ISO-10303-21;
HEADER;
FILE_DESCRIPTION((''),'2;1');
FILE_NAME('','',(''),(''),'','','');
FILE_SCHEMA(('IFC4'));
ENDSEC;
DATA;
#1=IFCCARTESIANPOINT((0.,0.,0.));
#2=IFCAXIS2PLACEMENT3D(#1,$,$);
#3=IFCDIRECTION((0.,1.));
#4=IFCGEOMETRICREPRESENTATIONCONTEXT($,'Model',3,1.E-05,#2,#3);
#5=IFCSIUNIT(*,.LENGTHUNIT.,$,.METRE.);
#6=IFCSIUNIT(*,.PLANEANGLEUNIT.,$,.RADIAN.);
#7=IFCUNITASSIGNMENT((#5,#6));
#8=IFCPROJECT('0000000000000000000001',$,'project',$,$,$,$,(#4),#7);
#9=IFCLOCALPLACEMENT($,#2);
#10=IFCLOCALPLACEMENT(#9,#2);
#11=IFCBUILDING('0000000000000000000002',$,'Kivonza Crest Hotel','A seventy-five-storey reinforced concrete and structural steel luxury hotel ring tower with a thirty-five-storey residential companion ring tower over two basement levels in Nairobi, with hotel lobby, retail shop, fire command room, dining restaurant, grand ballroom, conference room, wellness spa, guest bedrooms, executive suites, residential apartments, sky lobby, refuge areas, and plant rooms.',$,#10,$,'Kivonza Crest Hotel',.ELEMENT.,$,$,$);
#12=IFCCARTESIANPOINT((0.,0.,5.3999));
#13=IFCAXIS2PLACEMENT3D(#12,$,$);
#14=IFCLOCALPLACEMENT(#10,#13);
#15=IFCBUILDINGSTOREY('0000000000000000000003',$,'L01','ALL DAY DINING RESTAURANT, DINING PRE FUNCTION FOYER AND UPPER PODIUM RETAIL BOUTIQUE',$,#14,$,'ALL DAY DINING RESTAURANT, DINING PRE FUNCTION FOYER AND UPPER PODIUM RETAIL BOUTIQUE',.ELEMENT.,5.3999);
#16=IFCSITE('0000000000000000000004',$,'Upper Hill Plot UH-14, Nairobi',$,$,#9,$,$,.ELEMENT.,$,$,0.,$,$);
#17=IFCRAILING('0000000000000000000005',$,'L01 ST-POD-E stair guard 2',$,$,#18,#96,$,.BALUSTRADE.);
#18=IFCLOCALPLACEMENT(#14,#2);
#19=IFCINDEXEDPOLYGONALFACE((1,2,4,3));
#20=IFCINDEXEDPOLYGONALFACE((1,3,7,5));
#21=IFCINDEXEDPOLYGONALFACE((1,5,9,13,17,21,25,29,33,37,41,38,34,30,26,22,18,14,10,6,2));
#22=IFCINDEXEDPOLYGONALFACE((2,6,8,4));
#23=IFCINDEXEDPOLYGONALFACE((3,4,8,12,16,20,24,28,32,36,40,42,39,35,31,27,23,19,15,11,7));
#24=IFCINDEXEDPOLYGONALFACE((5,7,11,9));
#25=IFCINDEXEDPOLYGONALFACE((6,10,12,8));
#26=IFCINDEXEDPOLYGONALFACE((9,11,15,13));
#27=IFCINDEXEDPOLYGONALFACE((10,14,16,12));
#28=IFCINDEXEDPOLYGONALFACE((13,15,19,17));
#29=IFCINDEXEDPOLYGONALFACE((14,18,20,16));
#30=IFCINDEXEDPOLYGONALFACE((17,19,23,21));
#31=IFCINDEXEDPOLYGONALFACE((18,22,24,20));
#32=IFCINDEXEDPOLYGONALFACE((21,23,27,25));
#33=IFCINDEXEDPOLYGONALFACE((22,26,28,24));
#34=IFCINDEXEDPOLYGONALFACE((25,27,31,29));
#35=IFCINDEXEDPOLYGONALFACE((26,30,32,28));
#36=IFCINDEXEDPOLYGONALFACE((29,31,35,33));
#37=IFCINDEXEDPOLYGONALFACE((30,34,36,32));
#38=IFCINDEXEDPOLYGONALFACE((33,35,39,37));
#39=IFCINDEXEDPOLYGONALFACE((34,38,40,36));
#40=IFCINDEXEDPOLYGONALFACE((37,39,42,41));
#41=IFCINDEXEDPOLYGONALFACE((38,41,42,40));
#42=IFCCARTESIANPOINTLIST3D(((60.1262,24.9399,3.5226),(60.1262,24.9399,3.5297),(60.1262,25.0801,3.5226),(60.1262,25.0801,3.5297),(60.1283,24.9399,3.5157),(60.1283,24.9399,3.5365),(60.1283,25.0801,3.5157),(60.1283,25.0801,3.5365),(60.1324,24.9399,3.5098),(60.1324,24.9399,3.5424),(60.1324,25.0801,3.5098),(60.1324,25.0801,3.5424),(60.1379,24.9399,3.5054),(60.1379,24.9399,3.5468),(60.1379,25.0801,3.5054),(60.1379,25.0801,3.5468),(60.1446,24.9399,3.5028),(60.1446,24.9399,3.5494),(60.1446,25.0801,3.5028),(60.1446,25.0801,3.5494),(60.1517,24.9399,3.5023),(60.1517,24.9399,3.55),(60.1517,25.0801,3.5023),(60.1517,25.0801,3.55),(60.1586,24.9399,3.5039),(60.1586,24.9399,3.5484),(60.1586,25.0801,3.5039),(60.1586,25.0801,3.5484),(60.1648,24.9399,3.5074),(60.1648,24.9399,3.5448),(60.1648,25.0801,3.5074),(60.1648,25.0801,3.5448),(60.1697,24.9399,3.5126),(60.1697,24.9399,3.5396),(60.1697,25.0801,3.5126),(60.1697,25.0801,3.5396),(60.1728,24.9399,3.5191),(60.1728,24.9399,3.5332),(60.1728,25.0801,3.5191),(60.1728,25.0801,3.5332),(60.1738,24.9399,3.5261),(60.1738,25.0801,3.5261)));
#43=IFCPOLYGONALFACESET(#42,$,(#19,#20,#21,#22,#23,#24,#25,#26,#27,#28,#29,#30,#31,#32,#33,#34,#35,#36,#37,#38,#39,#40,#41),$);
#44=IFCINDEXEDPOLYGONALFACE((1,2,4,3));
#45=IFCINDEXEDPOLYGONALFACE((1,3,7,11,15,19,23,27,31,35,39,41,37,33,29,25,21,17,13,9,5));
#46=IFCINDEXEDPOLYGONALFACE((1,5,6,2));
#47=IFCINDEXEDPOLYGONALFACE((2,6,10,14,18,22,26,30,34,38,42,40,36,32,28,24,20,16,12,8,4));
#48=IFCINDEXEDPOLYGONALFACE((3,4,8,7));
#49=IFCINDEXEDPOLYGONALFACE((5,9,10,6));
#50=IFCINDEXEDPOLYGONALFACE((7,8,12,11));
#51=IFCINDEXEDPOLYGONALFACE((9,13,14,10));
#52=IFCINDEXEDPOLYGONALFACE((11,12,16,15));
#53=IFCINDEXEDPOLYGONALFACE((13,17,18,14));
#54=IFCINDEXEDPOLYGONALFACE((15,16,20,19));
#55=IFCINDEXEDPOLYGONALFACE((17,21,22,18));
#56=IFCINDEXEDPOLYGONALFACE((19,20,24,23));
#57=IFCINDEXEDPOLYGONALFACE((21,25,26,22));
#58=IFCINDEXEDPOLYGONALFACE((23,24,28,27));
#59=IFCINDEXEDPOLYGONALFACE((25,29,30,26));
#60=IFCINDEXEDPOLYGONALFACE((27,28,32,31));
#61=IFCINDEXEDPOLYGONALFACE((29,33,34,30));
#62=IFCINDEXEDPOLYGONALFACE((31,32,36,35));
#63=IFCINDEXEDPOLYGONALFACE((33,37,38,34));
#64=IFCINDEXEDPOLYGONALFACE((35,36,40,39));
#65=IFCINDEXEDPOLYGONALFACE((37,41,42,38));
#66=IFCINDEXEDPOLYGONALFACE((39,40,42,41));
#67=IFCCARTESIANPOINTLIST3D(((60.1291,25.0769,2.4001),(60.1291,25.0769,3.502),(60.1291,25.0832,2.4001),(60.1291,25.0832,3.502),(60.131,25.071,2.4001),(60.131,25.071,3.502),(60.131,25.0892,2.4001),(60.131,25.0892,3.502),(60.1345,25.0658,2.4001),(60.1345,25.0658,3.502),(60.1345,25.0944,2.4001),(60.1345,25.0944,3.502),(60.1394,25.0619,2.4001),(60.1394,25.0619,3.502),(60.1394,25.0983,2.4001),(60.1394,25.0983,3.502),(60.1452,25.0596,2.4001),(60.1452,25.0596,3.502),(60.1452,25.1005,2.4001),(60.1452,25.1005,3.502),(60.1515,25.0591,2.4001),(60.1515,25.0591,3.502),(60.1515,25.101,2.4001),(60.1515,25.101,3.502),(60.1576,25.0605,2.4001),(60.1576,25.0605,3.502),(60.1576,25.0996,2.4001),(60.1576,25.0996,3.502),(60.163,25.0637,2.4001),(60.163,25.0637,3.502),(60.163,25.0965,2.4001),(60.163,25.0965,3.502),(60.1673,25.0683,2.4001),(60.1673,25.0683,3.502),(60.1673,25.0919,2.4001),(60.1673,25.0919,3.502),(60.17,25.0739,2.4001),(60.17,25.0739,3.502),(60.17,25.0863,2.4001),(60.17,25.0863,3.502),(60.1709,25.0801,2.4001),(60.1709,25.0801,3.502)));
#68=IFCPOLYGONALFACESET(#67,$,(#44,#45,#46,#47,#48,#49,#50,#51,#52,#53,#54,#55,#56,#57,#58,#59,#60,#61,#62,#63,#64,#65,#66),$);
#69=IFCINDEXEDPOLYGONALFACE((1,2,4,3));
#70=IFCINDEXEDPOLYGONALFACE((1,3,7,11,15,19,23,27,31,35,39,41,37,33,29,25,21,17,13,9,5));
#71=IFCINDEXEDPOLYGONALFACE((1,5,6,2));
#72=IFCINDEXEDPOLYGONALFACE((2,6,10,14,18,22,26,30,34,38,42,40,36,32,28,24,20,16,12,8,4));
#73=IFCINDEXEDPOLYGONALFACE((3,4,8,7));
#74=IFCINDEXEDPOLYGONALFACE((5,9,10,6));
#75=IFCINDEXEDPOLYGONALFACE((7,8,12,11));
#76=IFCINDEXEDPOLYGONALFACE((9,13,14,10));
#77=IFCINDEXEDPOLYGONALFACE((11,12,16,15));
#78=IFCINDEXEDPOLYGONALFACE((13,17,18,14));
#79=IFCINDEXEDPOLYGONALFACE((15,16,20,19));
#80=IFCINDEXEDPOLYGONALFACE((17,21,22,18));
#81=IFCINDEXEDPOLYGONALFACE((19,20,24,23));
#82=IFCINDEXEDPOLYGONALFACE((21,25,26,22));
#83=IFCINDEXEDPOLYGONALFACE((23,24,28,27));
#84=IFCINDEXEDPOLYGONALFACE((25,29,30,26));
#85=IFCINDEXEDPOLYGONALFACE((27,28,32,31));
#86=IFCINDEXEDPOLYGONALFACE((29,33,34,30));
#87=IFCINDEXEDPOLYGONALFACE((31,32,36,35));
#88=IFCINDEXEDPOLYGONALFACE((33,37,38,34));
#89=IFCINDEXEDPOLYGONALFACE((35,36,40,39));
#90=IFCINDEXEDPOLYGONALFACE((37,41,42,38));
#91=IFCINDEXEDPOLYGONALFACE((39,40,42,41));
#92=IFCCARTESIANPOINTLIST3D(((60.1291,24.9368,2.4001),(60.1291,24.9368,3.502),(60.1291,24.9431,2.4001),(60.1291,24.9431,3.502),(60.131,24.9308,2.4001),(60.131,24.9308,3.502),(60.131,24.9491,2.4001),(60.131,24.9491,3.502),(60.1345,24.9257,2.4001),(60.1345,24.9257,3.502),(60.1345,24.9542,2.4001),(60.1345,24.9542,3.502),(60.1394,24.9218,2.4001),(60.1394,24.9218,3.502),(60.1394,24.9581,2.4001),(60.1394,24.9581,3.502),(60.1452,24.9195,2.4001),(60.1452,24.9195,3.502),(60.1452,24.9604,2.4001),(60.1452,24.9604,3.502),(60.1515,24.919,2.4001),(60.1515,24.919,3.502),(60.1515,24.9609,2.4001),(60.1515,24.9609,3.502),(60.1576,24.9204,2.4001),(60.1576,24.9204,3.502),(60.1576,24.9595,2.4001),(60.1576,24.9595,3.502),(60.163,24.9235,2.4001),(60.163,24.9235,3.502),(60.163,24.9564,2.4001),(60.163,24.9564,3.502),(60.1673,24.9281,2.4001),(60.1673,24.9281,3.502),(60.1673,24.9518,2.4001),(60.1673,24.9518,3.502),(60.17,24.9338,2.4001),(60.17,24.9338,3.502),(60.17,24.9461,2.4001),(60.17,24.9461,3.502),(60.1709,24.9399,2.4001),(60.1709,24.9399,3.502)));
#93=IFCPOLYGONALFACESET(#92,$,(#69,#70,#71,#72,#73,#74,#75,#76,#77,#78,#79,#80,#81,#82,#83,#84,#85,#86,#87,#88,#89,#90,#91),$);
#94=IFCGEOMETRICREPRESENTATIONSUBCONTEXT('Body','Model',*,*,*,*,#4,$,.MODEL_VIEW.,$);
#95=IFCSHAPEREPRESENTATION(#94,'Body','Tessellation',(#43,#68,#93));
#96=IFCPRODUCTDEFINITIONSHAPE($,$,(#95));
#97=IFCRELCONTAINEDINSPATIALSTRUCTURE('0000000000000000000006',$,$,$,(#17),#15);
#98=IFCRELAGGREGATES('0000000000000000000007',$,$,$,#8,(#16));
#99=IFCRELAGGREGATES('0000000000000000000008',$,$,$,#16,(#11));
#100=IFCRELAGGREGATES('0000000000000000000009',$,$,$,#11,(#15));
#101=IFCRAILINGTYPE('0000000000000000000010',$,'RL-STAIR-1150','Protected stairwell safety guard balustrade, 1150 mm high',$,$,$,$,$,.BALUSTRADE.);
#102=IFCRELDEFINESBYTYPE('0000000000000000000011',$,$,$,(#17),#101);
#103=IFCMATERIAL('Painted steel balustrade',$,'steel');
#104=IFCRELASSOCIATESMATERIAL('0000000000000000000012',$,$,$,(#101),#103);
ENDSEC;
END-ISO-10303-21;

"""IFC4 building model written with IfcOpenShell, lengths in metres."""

from ifc_helpers import new_model, si_unit, direction, frame, origin, origin_2d, place, context, subcontext, project, spatial, circle, extrude, material, type_object, element, save


model = new_model("IFC4")

# Units and contexts
model_context = context("Model", 3, precision=1e-05, world=origin(), true_north=direction((0.0, 1.0)))
body_context = subcontext(model_context, "Body", "Model", "MODEL_VIEW")
ifc_project = project(units=[si_unit("LENGTHUNIT", "METRE"), si_unit("PLANEANGLEUNIT", "RADIAN")], contexts=[model_context])

# Site, building, storey
site_placement = place(None, origin())
site = spatial("IfcSite", under=ifc_project, at=site_placement, Name="Upper Hill Plot UH-14, Nairobi", CompositionType="ELEMENT", RefElevation=0.0)
building_placement = place(site_placement, origin())
building = spatial("IfcBuilding", under=site, at=building_placement, Name="Kivonza Crest Hotel", Description="A seventy-five-storey reinforced concrete and structural steel luxury hotel ring tower with a thirty-five-storey residential companion ring tower over two basement levels in Nairobi, with hotel lobby, retail shop, fire command room, dining restaurant, grand ballroom, conference room, wellness spa, guest bedrooms, executive suites, residential apartments, sky lobby, refuge areas, and plant rooms.", LongName="Kivonza Crest Hotel", CompositionType="ELEMENT")
storey_placement = place(building_placement, frame((0.0, 0.0, 5.3999)))
storey = spatial("IfcBuildingStorey", under=building, at=storey_placement, Name="L01", Description="ALL DAY DINING RESTAURANT, DINING PRE FUNCTION FOYER AND UPPER PODIUM RETAIL BOUTIQUE", LongName="ALL DAY DINING RESTAURANT, DINING PRE FUNCTION FOYER AND UPPER PODIUM RETAIL BOUTIQUE", CompositionType="ELEMENT", Elevation=5.3999)

# Railing
ifc_material_1 = material(Name="Painted steel balustrade", Category="steel")
railing_type_1 = type_object("IfcRailingType", Name="RL-STAIR-1150", Description="Protected stairwell safety guard balustrade, 1150 mm high", PredefinedType="BALUSTRADE", material=ifc_material_1)
railing_1_placement = place(storey_placement, frame((60.1499, 25.0801, 2.4001)))
element("IfcRailing", 1, at=railing_1_placement, inside=storey, type_object=railing_type_1, Name="L01 ST-POD-E stair guard 2", PredefinedType="BALUSTRADE", context=body_context, shape_type="SweptSolid", body=[
    extrude(circle(Radius=0.0239, at=origin_2d()), frame((0.0, 0.0, 1.126), z_axis=(0.0, -1.0, 0.0), x_axis=(1.0, 0.0, 0.0)), (0.0, 0.0, 1.0), 0.1401),
    extrude(circle(Radius=0.021, at=origin_2d()), origin(), (0.0, 0.0, 1.0), 1.1018),
    extrude(circle(Radius=0.021, at=origin_2d()), frame((0.0, -0.1401, 0.0)), (0.0, 0.0, 1.0), 1.1018),
])

save(model, "model.ifc")
